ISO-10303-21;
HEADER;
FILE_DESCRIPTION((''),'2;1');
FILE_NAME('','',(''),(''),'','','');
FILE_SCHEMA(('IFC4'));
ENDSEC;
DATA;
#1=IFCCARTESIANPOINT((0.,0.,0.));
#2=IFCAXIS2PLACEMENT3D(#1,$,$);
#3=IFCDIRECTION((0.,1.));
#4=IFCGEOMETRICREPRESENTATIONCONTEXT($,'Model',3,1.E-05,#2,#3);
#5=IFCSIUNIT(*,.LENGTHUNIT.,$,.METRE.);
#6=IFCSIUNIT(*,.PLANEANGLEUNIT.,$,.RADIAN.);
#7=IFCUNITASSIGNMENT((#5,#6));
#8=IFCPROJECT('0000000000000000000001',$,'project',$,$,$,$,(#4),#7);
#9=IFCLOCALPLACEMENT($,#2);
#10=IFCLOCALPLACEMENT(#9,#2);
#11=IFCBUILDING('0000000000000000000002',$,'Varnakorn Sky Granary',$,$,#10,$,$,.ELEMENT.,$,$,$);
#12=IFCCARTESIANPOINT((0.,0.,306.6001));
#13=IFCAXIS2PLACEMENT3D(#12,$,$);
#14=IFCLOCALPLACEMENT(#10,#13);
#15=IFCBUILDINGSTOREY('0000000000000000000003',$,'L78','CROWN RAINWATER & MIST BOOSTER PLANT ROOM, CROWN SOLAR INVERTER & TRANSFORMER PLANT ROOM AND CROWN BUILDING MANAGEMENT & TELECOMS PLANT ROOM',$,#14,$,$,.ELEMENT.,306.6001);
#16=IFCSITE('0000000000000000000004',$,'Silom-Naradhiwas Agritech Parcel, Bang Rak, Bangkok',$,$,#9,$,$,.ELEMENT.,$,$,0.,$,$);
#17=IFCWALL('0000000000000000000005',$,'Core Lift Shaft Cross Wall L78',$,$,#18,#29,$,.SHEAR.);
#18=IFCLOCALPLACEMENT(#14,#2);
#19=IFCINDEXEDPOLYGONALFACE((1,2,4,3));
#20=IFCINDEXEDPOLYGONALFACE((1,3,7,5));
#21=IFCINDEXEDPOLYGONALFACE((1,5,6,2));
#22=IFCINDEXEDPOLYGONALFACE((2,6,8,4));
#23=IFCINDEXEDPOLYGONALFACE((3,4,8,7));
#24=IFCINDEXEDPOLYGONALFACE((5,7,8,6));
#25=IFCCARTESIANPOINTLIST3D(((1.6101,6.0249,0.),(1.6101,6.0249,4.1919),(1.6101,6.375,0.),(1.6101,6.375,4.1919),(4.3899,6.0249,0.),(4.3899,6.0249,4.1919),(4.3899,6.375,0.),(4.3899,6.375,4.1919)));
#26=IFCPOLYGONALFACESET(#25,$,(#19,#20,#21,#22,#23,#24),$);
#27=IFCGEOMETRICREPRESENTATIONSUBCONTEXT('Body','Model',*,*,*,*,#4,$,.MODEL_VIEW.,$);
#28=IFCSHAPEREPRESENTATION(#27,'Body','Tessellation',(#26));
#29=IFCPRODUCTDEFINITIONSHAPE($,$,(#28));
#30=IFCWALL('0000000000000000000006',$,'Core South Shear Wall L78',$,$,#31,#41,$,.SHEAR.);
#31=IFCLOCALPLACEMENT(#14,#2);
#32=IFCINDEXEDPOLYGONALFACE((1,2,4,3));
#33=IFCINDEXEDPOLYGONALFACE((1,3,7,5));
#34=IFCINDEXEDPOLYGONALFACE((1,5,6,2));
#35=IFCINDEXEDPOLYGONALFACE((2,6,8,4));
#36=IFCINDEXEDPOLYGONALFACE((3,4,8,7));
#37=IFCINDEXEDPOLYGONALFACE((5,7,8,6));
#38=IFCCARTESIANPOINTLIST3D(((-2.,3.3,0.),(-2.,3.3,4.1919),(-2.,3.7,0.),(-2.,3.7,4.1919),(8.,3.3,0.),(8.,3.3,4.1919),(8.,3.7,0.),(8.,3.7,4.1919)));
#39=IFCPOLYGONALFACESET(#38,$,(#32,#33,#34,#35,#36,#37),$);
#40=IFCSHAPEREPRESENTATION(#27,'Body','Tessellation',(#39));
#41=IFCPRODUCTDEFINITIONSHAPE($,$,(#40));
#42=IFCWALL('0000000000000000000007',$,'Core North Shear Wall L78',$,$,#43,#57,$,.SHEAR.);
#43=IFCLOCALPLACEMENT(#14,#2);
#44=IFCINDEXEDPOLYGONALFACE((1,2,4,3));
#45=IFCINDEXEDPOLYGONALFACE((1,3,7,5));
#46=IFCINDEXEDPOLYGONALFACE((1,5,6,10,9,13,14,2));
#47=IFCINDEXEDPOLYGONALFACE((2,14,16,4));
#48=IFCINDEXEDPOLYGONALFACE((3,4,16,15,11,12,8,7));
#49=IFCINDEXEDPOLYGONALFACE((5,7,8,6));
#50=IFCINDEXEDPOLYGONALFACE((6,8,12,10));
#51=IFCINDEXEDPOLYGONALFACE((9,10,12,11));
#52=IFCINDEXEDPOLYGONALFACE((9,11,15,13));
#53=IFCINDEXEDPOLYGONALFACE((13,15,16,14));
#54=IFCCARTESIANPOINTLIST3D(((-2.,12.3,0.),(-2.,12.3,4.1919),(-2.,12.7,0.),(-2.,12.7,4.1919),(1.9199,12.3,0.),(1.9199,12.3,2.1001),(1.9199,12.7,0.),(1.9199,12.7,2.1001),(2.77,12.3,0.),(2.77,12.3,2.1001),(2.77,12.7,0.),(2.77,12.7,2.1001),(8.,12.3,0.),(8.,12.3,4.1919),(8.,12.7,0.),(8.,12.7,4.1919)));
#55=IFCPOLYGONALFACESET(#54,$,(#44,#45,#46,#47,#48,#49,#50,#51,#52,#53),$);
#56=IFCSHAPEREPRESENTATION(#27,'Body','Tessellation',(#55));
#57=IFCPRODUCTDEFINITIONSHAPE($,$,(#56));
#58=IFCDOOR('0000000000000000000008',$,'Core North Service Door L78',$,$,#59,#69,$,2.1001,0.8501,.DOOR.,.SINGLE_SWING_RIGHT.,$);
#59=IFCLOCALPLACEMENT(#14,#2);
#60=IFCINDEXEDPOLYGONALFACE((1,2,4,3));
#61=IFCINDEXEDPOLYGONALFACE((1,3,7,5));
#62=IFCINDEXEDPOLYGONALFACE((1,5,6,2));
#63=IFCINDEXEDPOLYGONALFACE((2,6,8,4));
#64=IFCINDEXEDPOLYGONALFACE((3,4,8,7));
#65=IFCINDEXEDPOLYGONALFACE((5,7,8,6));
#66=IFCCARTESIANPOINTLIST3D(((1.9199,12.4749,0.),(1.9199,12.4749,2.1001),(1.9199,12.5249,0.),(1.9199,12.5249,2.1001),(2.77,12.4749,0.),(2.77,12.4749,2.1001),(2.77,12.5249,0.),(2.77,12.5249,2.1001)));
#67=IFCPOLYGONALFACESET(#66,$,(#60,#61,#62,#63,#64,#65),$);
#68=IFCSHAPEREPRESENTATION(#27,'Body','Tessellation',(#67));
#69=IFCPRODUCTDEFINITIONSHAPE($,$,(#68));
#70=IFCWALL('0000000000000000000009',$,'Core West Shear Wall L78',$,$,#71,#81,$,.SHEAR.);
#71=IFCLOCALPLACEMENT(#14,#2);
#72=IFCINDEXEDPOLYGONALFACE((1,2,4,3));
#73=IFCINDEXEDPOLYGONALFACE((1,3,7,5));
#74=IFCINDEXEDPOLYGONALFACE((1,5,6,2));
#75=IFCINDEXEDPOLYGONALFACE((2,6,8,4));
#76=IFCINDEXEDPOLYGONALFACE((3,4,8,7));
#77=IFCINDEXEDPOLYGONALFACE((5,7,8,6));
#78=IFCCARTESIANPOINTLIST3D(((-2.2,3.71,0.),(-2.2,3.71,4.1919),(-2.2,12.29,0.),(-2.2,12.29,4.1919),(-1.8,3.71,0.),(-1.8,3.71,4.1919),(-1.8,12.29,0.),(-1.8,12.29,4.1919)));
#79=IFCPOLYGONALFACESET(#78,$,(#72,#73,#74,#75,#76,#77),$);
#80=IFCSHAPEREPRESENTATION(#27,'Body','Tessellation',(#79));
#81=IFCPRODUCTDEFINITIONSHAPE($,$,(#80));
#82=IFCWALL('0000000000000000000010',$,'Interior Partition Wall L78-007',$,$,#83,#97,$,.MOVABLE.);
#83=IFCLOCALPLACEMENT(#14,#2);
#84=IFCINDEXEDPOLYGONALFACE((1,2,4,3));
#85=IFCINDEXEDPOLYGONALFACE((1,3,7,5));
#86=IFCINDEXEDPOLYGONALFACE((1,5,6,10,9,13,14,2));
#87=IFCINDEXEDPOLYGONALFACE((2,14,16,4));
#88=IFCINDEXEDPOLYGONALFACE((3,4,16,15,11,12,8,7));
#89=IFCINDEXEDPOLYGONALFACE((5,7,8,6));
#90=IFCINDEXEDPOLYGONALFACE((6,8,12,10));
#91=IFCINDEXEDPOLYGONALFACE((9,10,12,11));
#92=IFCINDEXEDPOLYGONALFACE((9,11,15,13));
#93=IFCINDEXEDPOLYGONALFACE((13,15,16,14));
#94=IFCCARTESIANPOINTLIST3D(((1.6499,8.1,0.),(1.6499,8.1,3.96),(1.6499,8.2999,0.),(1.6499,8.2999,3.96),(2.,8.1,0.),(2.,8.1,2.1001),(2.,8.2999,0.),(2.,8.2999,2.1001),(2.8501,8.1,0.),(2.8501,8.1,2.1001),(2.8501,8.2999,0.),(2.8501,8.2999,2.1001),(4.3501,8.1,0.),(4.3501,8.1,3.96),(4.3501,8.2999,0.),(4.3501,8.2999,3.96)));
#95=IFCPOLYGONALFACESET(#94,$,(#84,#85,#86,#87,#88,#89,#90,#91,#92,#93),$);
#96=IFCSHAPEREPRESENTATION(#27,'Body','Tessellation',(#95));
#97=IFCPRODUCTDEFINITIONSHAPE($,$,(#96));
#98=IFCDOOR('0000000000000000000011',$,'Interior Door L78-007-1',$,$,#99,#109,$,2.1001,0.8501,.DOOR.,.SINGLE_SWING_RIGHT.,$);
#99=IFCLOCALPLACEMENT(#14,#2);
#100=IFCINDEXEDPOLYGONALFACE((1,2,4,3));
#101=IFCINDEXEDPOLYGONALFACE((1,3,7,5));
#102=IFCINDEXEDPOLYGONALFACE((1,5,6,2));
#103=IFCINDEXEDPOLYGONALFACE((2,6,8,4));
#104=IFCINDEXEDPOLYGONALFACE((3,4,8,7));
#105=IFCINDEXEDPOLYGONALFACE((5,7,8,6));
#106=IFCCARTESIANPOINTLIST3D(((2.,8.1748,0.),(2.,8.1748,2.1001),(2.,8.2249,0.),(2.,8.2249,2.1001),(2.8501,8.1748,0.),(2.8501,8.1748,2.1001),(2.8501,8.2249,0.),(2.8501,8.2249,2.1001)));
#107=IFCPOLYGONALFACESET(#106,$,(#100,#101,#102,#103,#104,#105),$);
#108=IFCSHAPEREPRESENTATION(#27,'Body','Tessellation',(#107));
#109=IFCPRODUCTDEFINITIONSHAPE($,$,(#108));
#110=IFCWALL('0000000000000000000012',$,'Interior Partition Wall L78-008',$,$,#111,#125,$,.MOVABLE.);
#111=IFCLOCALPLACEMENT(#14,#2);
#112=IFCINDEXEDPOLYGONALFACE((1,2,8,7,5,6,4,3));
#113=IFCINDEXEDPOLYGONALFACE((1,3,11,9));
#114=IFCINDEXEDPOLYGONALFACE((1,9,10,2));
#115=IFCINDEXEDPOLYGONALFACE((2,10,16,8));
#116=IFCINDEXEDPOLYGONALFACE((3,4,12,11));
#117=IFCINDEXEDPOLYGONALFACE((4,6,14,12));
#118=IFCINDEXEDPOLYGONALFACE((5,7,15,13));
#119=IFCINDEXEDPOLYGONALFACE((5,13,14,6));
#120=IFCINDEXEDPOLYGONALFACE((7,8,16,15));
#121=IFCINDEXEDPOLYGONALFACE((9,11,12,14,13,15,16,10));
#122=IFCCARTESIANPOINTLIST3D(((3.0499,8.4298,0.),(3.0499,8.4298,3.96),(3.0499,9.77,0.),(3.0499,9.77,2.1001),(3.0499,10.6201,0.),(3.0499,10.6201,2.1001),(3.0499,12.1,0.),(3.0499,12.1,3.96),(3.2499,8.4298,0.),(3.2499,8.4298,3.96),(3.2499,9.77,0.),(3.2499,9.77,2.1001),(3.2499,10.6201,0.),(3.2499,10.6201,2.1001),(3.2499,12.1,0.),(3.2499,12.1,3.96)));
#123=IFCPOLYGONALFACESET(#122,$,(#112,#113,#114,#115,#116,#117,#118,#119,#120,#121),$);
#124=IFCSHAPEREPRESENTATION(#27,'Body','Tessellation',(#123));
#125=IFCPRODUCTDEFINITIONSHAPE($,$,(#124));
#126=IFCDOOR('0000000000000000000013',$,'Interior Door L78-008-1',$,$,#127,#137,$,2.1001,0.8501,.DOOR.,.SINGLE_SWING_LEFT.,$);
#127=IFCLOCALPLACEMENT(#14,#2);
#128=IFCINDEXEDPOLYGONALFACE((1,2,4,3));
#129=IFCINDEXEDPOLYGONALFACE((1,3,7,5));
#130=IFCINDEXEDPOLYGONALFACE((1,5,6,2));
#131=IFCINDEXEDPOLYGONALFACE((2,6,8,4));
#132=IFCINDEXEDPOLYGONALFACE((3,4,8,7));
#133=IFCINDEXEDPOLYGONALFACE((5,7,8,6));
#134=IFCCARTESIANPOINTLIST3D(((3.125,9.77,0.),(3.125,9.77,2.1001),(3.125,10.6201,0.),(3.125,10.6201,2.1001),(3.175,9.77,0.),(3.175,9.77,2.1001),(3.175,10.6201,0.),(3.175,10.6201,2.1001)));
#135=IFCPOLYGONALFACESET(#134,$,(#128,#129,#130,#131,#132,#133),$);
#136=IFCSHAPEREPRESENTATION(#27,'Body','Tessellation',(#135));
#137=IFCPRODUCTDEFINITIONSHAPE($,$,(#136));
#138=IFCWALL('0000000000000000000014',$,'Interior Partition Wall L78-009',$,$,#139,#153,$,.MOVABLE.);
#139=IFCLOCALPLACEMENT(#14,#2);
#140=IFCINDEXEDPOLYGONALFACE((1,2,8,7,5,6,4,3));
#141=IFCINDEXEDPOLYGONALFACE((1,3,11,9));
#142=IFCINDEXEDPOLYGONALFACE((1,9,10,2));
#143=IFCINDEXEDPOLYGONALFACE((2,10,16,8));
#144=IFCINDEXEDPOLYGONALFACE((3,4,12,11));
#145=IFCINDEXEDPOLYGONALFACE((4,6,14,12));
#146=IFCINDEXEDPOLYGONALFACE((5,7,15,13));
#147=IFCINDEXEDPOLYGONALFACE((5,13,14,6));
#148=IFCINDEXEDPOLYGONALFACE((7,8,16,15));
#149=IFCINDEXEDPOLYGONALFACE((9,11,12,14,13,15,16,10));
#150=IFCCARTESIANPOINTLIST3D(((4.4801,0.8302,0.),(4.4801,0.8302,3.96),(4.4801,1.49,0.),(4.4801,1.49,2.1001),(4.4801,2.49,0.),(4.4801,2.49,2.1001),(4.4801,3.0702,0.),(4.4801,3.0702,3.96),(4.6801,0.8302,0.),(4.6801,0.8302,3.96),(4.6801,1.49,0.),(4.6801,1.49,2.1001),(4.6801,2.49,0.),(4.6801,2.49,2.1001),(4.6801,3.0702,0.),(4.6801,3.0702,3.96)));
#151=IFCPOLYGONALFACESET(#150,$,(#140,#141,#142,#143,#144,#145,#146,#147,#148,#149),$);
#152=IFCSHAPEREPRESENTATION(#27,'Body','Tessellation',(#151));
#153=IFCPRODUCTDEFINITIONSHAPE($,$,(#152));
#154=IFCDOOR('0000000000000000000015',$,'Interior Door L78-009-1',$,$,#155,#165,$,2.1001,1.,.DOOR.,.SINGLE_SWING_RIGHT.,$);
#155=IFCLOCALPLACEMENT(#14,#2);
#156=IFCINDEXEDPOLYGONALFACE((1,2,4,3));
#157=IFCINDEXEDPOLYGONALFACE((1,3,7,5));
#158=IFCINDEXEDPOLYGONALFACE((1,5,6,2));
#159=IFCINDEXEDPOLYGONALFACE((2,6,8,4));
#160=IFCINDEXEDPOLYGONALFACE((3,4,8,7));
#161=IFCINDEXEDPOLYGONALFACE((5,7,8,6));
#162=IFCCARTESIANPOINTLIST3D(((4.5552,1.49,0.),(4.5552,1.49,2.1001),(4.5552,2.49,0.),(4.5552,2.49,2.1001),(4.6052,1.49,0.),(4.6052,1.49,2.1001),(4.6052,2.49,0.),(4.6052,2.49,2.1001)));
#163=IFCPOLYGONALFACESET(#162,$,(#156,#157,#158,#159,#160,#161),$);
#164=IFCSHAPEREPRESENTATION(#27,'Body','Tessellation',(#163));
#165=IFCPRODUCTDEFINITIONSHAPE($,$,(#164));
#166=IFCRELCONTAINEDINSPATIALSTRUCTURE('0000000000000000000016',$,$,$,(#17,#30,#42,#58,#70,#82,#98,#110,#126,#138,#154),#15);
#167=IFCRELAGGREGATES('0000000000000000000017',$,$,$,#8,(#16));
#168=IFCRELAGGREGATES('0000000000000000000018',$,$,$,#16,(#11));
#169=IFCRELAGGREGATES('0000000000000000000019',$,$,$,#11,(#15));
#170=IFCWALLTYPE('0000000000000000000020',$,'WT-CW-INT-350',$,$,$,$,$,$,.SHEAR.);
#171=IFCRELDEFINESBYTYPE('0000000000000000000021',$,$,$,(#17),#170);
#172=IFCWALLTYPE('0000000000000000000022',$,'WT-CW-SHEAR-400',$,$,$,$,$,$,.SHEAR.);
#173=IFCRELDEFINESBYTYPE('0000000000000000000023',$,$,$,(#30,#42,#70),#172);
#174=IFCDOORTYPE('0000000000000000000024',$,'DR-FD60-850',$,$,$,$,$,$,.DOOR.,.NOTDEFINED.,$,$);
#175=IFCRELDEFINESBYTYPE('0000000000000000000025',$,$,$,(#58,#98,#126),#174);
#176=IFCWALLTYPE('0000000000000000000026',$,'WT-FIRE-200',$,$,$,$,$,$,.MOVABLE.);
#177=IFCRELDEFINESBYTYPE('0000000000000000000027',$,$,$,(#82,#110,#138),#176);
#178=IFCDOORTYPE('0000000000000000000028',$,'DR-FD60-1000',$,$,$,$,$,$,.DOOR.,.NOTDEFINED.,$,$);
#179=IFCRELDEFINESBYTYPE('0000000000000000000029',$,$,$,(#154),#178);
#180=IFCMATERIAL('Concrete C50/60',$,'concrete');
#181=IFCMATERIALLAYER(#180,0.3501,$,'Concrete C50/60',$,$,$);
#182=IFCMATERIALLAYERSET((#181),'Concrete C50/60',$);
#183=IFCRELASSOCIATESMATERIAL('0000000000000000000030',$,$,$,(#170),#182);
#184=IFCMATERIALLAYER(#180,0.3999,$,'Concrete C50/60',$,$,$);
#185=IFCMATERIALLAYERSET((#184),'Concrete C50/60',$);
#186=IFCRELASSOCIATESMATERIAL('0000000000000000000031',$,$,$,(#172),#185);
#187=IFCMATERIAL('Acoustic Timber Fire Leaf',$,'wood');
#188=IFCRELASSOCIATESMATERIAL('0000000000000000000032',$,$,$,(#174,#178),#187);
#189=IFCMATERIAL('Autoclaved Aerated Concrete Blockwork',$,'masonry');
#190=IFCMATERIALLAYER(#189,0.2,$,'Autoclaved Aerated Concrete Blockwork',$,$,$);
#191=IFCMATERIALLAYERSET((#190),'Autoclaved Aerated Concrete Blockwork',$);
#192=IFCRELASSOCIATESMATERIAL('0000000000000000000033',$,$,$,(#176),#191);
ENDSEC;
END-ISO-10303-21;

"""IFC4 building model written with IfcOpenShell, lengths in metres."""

from ifc_helpers import new_model, si_unit, direction, frame, frame_2d, origin, place, context, subcontext, project, spatial, rectangle, extrude, material, layer, layer_set, type_object, element, fill, save


model = new_model("IFC4")

# Units and contexts
model_context = context("Model", 3, precision=1e-05, world=origin(), true_north=direction((0.0, 1.0)))
body_context = subcontext(model_context, "Body", "Model", "MODEL_VIEW")
ifc_project = project(units=[si_unit("LENGTHUNIT", "METRE"), si_unit("PLANEANGLEUNIT", "RADIAN")], contexts=[model_context])

# Site, building, storey
site_placement = place(None, origin())
site = spatial("IfcSite", under=ifc_project, at=site_placement, Name="Silom-Naradhiwas Agritech Parcel, Bang Rak, Bangkok", CompositionType="ELEMENT", RefElevation=0.0)
building_placement = place(site_placement, origin())
building = spatial("IfcBuilding", under=site, at=building_placement, Name="Varnakorn Sky Granary", CompositionType="ELEMENT")
storey_placement = place(building_placement, frame((0.0, 0.0, 306.6001)))
storey = spatial("IfcBuildingStorey", under=building, at=storey_placement, Name="L78", Description="CROWN RAINWATER & MIST BOOSTER PLANT ROOM, CROWN SOLAR INVERTER & TRANSFORMER PLANT ROOM AND CROWN BUILDING MANAGEMENT & TELECOMS PLANT ROOM", CompositionType="ELEMENT", Elevation=306.6001)

# Shared definitions
ifc_material_1 = material(Name="Concrete C50/60", Category="concrete")

# Walls
ifc_layer_1 = layer(ifc_material_1, 0.3501, Name="Concrete C50/60")
ifc_layer_set_1 = layer_set([ifc_layer_1], Name="Concrete C50/60")
wall_type_1 = type_object("IfcWallType", Name="WT-CW-INT-350", PredefinedType="SHEAR", material=ifc_layer_set_1)
wall_1_placement = place(storey_placement, frame((1.6101, 6.2, 0.0), z_axis=(0.0, 0.0, 1.0), x_axis=(1.0, 0.0, 0.0)))
element("IfcWall", 1, at=wall_1_placement, inside=storey, type_object=wall_type_1, Name="Core Lift Shaft Cross Wall L78", PredefinedType="SHEAR", context=body_context, shape_type="SweptSolid", body=[
    extrude(rectangle(XDim=2.7798, YDim=0.3501, at=frame_2d((1.3899, 0.0))), origin(), (0.0, 0.0, 1.0), 4.1919),
])
ifc_layer_2 = layer(ifc_material_1, 0.3999, Name="Concrete C50/60")
ifc_layer_set_2 = layer_set([ifc_layer_2], Name="Concrete C50/60")
wall_type_2 = type_object("IfcWallType", Name="WT-CW-SHEAR-400", PredefinedType="SHEAR", material=ifc_layer_set_2)
wall_2_placement = place(storey_placement, frame((-2.0, 3.5, 0.0), z_axis=(0.0, 0.0, 1.0), x_axis=(1.0, 0.0, 0.0)))
element("IfcWall", 2, at=wall_2_placement, inside=storey, type_object=wall_type_2, Name="Core South Shear Wall L78", PredefinedType="SHEAR", context=body_context, shape_type="SweptSolid", body=[
    extrude(rectangle(XDim=10.0, YDim=0.3999, at=frame_2d((5.0, 0.0))), origin(), (0.0, 0.0, 1.0), 4.1919),
])

# Wall, opening, door
wall_3_placement = place(storey_placement, frame((-2.0, 12.5, 0.0), z_axis=(0.0, 0.0, 1.0), x_axis=(1.0, 0.0, 0.0)))
wall_3 = element("IfcWall", 3, at=wall_3_placement, inside=storey, type_object=wall_type_2, Name="Core North Shear Wall L78", PredefinedType="SHEAR", context=body_context, shape_type="SweptSolid", body=[
    extrude(rectangle(XDim=10.0, YDim=0.3999, at=frame_2d((5.0, 0.0))), origin(), (0.0, 0.0, 1.0), 4.1919),
])
opening_1_placement = place(wall_3_placement, frame((3.9199, 0.0, 0.0)))
opening_1 = element("IfcOpeningElement", 4, at=opening_1_placement, cuts=wall_3, PredefinedType="OPENING", context=body_context, shape_type="SweptSolid", body=[
    extrude(rectangle(XDim=0.8501, YDim=2.1001, at=frame_2d((0.425, 1.05))), frame((0.0, 0.21, 0.0), z_axis=(0.0, -1.0, 0.0), x_axis=(1.0, 0.0, 0.0)), (0.0, 0.0, 1.0), 0.4199),
])
ifc_material_2 = material(Name="Acoustic Timber Fire Leaf", Category="wood")
door_type_1 = type_object("IfcDoorType", Name="DR-FD60-850", OperationType="NOTDEFINED", PredefinedType="DOOR", material=ifc_material_2)
door_1_placement = place(opening_1_placement, origin())
door_1 = element("IfcDoor", 5, at=door_1_placement, inside=storey, type_object=door_type_1, Name="Core North Service Door L78", OperationType="SINGLE_SWING_RIGHT", OverallHeight=2.1001, OverallWidth=0.8501, PredefinedType="DOOR", context=body_context, shape_type="SweptSolid", body=[
    extrude(rectangle(XDim=0.8501, YDim=2.1001, at=frame_2d((0.425, 1.05))), frame((0.0, 0.0249, 0.0), z_axis=(0.0, -1.0, 0.0), x_axis=(1.0, 0.0, 0.0)), (0.0, 0.0, 1.0), 0.05),
])
fill(opening_1, door_1)

# Wall
wall_4_placement = place(storey_placement, frame((-2.0, 3.71, 0.0), z_axis=(0.0, 0.0, 1.0), x_axis=(0.0, 1.0, 0.0)))
element("IfcWall", 6, at=wall_4_placement, inside=storey, type_object=wall_type_2, Name="Core West Shear Wall L78", PredefinedType="SHEAR", context=body_context, shape_type="SweptSolid", body=[
    extrude(rectangle(XDim=8.5801, YDim=0.3999, at=frame_2d((4.29, 0.0))), origin(), (0.0, 0.0, 1.0), 4.1919),
])

# Walls, openings, doors
ifc_material_3 = material(Name="Autoclaved Aerated Concrete Blockwork", Category="masonry")
ifc_layer_3 = layer(ifc_material_3, 0.2, Name="Autoclaved Aerated Concrete Blockwork")
ifc_layer_set_3 = layer_set([ifc_layer_3], Name="Autoclaved Aerated Concrete Blockwork")
wall_type_3 = type_object("IfcWallType", Name="WT-FIRE-200", PredefinedType="MOVABLE", material=ifc_layer_set_3)
wall_5_placement = place(storey_placement, frame((1.6499, 8.2, 0.0), z_axis=(0.0, 0.0, 1.0), x_axis=(1.0, 0.0, 0.0)))
wall_5 = element("IfcWall", 7, at=wall_5_placement, inside=storey, type_object=wall_type_3, Name="Interior Partition Wall L78-007", PredefinedType="MOVABLE", context=body_context, shape_type="SweptSolid", body=[
    extrude(rectangle(XDim=2.7002, YDim=0.2, at=frame_2d((1.3501, 0.0))), origin(), (0.0, 0.0, 1.0), 3.96),
])
opening_2_placement = place(wall_5_placement, frame((0.3501, 0.0, 0.0)))
opening_2 = element("IfcOpeningElement", 8, at=opening_2_placement, cuts=wall_5, PredefinedType="OPENING", context=body_context, shape_type="SweptSolid", body=[
    extrude(rectangle(XDim=0.8501, YDim=2.1001, at=frame_2d((0.425, 1.05))), frame((0.0, 0.1099, 0.0), z_axis=(0.0, -1.0, 0.0), x_axis=(1.0, 0.0, 0.0)), (0.0, 0.0, 1.0), 0.22),
])
door_2_placement = place(opening_2_placement, origin())
door_2 = element("IfcDoor", 9, at=door_2_placement, inside=storey, type_object=door_type_1, Name="Interior Door L78-007-1", OperationType="SINGLE_SWING_RIGHT", OverallHeight=2.1001, OverallWidth=0.8501, PredefinedType="DOOR", context=body_context, shape_type="SweptSolid", body=[
    extrude(rectangle(XDim=0.8501, YDim=2.1001, at=frame_2d((0.425, 1.05))), frame((0.0, 0.0249, 0.0), z_axis=(0.0, -1.0, 0.0), x_axis=(1.0, 0.0, 0.0)), (0.0, 0.0, 1.0), 0.05),
])
fill(opening_2, door_2)
wall_6_placement = place(storey_placement, frame((3.1499, 8.4299, 0.0), z_axis=(0.0, 0.0, 1.0), x_axis=(0.0, 1.0, 0.0)))
wall_6 = element("IfcWall", 10, at=wall_6_placement, inside=storey, type_object=wall_type_3, Name="Interior Partition Wall L78-008", PredefinedType="MOVABLE", context=body_context, shape_type="SweptSolid", body=[
    extrude(rectangle(XDim=3.6702, YDim=0.2, at=frame_2d((1.835, 0.0))), origin(), (0.0, 0.0, 1.0), 3.96),
])
opening_3_placement = place(wall_6_placement, frame((1.3401, 0.0, 0.0)))
opening_3 = element("IfcOpeningElement", 11, at=opening_3_placement, cuts=wall_6, PredefinedType="OPENING", context=body_context, shape_type="SweptSolid", body=[
    extrude(rectangle(XDim=0.8501, YDim=2.1001, at=frame_2d((0.425, 1.05))), frame((0.0, 0.1099, 0.0), z_axis=(0.0, -1.0, 0.0), x_axis=(1.0, 0.0, 0.0)), (0.0, 0.0, 1.0), 0.22),
])
door_3_placement = place(opening_3_placement, origin())
door_3 = element("IfcDoor", 12, at=door_3_placement, inside=storey, type_object=door_type_1, Name="Interior Door L78-008-1", OperationType="SINGLE_SWING_LEFT", OverallHeight=2.1001, OverallWidth=0.8501, PredefinedType="DOOR", context=body_context, shape_type="SweptSolid", body=[
    extrude(rectangle(XDim=0.8501, YDim=2.1001, at=frame_2d((0.425, 1.05))), frame((0.0, 0.0249, 0.0), z_axis=(0.0, -1.0, 0.0), x_axis=(1.0, 0.0, 0.0)), (0.0, 0.0, 1.0), 0.05),
])
fill(opening_3, door_3)
wall_7_placement = place(storey_placement, frame((4.5801, 0.8301, 0.0), z_axis=(0.0, 0.0, 1.0), x_axis=(0.0, 1.0, 0.0)))
wall_7 = element("IfcWall", 13, at=wall_7_placement, inside=storey, type_object=wall_type_3, Name="Interior Partition Wall L78-009", PredefinedType="MOVABLE", context=body_context, shape_type="SweptSolid", body=[
    extrude(rectangle(XDim=2.24, YDim=0.2, at=frame_2d((1.1201, 0.0))), origin(), (0.0, 0.0, 1.0), 3.96),
])
opening_4_placement = place(wall_7_placement, frame((0.6599, 0.0, 0.0)))
opening_4 = element("IfcOpeningElement", 14, at=opening_4_placement, cuts=wall_7, PredefinedType="OPENING", context=body_context, shape_type="SweptSolid", body=[
    extrude(rectangle(XDim=1.0, YDim=2.1001, at=frame_2d((0.5, 1.05))), frame((0.0, 0.1099, 0.0), z_axis=(0.0, -1.0, 0.0), x_axis=(1.0, 0.0, 0.0)), (0.0, 0.0, 1.0), 0.22),
])
door_type_2 = type_object("IfcDoorType", Name="DR-FD60-1000", OperationType="NOTDEFINED", PredefinedType="DOOR", material=ifc_material_2)
door_4_placement = place(opening_4_placement, origin())
door_4 = element("IfcDoor", 15, at=door_4_placement, inside=storey, type_object=door_type_2, Name="Interior Door L78-009-1", OperationType="SINGLE_SWING_RIGHT", OverallHeight=2.1001, OverallWidth=1.0, PredefinedType="DOOR", context=body_context, shape_type="SweptSolid", body=[
    extrude(rectangle(XDim=1.0, YDim=2.1001, at=frame_2d((0.5, 1.05))), frame((0.0, 0.0249, 0.0), z_axis=(0.0, -1.0, 0.0), x_axis=(1.0, 0.0, 0.0)), (0.0, 0.0, 1.0), 0.05),
])
fill(opening_4, door_4)

save(model, "model.ifc")
